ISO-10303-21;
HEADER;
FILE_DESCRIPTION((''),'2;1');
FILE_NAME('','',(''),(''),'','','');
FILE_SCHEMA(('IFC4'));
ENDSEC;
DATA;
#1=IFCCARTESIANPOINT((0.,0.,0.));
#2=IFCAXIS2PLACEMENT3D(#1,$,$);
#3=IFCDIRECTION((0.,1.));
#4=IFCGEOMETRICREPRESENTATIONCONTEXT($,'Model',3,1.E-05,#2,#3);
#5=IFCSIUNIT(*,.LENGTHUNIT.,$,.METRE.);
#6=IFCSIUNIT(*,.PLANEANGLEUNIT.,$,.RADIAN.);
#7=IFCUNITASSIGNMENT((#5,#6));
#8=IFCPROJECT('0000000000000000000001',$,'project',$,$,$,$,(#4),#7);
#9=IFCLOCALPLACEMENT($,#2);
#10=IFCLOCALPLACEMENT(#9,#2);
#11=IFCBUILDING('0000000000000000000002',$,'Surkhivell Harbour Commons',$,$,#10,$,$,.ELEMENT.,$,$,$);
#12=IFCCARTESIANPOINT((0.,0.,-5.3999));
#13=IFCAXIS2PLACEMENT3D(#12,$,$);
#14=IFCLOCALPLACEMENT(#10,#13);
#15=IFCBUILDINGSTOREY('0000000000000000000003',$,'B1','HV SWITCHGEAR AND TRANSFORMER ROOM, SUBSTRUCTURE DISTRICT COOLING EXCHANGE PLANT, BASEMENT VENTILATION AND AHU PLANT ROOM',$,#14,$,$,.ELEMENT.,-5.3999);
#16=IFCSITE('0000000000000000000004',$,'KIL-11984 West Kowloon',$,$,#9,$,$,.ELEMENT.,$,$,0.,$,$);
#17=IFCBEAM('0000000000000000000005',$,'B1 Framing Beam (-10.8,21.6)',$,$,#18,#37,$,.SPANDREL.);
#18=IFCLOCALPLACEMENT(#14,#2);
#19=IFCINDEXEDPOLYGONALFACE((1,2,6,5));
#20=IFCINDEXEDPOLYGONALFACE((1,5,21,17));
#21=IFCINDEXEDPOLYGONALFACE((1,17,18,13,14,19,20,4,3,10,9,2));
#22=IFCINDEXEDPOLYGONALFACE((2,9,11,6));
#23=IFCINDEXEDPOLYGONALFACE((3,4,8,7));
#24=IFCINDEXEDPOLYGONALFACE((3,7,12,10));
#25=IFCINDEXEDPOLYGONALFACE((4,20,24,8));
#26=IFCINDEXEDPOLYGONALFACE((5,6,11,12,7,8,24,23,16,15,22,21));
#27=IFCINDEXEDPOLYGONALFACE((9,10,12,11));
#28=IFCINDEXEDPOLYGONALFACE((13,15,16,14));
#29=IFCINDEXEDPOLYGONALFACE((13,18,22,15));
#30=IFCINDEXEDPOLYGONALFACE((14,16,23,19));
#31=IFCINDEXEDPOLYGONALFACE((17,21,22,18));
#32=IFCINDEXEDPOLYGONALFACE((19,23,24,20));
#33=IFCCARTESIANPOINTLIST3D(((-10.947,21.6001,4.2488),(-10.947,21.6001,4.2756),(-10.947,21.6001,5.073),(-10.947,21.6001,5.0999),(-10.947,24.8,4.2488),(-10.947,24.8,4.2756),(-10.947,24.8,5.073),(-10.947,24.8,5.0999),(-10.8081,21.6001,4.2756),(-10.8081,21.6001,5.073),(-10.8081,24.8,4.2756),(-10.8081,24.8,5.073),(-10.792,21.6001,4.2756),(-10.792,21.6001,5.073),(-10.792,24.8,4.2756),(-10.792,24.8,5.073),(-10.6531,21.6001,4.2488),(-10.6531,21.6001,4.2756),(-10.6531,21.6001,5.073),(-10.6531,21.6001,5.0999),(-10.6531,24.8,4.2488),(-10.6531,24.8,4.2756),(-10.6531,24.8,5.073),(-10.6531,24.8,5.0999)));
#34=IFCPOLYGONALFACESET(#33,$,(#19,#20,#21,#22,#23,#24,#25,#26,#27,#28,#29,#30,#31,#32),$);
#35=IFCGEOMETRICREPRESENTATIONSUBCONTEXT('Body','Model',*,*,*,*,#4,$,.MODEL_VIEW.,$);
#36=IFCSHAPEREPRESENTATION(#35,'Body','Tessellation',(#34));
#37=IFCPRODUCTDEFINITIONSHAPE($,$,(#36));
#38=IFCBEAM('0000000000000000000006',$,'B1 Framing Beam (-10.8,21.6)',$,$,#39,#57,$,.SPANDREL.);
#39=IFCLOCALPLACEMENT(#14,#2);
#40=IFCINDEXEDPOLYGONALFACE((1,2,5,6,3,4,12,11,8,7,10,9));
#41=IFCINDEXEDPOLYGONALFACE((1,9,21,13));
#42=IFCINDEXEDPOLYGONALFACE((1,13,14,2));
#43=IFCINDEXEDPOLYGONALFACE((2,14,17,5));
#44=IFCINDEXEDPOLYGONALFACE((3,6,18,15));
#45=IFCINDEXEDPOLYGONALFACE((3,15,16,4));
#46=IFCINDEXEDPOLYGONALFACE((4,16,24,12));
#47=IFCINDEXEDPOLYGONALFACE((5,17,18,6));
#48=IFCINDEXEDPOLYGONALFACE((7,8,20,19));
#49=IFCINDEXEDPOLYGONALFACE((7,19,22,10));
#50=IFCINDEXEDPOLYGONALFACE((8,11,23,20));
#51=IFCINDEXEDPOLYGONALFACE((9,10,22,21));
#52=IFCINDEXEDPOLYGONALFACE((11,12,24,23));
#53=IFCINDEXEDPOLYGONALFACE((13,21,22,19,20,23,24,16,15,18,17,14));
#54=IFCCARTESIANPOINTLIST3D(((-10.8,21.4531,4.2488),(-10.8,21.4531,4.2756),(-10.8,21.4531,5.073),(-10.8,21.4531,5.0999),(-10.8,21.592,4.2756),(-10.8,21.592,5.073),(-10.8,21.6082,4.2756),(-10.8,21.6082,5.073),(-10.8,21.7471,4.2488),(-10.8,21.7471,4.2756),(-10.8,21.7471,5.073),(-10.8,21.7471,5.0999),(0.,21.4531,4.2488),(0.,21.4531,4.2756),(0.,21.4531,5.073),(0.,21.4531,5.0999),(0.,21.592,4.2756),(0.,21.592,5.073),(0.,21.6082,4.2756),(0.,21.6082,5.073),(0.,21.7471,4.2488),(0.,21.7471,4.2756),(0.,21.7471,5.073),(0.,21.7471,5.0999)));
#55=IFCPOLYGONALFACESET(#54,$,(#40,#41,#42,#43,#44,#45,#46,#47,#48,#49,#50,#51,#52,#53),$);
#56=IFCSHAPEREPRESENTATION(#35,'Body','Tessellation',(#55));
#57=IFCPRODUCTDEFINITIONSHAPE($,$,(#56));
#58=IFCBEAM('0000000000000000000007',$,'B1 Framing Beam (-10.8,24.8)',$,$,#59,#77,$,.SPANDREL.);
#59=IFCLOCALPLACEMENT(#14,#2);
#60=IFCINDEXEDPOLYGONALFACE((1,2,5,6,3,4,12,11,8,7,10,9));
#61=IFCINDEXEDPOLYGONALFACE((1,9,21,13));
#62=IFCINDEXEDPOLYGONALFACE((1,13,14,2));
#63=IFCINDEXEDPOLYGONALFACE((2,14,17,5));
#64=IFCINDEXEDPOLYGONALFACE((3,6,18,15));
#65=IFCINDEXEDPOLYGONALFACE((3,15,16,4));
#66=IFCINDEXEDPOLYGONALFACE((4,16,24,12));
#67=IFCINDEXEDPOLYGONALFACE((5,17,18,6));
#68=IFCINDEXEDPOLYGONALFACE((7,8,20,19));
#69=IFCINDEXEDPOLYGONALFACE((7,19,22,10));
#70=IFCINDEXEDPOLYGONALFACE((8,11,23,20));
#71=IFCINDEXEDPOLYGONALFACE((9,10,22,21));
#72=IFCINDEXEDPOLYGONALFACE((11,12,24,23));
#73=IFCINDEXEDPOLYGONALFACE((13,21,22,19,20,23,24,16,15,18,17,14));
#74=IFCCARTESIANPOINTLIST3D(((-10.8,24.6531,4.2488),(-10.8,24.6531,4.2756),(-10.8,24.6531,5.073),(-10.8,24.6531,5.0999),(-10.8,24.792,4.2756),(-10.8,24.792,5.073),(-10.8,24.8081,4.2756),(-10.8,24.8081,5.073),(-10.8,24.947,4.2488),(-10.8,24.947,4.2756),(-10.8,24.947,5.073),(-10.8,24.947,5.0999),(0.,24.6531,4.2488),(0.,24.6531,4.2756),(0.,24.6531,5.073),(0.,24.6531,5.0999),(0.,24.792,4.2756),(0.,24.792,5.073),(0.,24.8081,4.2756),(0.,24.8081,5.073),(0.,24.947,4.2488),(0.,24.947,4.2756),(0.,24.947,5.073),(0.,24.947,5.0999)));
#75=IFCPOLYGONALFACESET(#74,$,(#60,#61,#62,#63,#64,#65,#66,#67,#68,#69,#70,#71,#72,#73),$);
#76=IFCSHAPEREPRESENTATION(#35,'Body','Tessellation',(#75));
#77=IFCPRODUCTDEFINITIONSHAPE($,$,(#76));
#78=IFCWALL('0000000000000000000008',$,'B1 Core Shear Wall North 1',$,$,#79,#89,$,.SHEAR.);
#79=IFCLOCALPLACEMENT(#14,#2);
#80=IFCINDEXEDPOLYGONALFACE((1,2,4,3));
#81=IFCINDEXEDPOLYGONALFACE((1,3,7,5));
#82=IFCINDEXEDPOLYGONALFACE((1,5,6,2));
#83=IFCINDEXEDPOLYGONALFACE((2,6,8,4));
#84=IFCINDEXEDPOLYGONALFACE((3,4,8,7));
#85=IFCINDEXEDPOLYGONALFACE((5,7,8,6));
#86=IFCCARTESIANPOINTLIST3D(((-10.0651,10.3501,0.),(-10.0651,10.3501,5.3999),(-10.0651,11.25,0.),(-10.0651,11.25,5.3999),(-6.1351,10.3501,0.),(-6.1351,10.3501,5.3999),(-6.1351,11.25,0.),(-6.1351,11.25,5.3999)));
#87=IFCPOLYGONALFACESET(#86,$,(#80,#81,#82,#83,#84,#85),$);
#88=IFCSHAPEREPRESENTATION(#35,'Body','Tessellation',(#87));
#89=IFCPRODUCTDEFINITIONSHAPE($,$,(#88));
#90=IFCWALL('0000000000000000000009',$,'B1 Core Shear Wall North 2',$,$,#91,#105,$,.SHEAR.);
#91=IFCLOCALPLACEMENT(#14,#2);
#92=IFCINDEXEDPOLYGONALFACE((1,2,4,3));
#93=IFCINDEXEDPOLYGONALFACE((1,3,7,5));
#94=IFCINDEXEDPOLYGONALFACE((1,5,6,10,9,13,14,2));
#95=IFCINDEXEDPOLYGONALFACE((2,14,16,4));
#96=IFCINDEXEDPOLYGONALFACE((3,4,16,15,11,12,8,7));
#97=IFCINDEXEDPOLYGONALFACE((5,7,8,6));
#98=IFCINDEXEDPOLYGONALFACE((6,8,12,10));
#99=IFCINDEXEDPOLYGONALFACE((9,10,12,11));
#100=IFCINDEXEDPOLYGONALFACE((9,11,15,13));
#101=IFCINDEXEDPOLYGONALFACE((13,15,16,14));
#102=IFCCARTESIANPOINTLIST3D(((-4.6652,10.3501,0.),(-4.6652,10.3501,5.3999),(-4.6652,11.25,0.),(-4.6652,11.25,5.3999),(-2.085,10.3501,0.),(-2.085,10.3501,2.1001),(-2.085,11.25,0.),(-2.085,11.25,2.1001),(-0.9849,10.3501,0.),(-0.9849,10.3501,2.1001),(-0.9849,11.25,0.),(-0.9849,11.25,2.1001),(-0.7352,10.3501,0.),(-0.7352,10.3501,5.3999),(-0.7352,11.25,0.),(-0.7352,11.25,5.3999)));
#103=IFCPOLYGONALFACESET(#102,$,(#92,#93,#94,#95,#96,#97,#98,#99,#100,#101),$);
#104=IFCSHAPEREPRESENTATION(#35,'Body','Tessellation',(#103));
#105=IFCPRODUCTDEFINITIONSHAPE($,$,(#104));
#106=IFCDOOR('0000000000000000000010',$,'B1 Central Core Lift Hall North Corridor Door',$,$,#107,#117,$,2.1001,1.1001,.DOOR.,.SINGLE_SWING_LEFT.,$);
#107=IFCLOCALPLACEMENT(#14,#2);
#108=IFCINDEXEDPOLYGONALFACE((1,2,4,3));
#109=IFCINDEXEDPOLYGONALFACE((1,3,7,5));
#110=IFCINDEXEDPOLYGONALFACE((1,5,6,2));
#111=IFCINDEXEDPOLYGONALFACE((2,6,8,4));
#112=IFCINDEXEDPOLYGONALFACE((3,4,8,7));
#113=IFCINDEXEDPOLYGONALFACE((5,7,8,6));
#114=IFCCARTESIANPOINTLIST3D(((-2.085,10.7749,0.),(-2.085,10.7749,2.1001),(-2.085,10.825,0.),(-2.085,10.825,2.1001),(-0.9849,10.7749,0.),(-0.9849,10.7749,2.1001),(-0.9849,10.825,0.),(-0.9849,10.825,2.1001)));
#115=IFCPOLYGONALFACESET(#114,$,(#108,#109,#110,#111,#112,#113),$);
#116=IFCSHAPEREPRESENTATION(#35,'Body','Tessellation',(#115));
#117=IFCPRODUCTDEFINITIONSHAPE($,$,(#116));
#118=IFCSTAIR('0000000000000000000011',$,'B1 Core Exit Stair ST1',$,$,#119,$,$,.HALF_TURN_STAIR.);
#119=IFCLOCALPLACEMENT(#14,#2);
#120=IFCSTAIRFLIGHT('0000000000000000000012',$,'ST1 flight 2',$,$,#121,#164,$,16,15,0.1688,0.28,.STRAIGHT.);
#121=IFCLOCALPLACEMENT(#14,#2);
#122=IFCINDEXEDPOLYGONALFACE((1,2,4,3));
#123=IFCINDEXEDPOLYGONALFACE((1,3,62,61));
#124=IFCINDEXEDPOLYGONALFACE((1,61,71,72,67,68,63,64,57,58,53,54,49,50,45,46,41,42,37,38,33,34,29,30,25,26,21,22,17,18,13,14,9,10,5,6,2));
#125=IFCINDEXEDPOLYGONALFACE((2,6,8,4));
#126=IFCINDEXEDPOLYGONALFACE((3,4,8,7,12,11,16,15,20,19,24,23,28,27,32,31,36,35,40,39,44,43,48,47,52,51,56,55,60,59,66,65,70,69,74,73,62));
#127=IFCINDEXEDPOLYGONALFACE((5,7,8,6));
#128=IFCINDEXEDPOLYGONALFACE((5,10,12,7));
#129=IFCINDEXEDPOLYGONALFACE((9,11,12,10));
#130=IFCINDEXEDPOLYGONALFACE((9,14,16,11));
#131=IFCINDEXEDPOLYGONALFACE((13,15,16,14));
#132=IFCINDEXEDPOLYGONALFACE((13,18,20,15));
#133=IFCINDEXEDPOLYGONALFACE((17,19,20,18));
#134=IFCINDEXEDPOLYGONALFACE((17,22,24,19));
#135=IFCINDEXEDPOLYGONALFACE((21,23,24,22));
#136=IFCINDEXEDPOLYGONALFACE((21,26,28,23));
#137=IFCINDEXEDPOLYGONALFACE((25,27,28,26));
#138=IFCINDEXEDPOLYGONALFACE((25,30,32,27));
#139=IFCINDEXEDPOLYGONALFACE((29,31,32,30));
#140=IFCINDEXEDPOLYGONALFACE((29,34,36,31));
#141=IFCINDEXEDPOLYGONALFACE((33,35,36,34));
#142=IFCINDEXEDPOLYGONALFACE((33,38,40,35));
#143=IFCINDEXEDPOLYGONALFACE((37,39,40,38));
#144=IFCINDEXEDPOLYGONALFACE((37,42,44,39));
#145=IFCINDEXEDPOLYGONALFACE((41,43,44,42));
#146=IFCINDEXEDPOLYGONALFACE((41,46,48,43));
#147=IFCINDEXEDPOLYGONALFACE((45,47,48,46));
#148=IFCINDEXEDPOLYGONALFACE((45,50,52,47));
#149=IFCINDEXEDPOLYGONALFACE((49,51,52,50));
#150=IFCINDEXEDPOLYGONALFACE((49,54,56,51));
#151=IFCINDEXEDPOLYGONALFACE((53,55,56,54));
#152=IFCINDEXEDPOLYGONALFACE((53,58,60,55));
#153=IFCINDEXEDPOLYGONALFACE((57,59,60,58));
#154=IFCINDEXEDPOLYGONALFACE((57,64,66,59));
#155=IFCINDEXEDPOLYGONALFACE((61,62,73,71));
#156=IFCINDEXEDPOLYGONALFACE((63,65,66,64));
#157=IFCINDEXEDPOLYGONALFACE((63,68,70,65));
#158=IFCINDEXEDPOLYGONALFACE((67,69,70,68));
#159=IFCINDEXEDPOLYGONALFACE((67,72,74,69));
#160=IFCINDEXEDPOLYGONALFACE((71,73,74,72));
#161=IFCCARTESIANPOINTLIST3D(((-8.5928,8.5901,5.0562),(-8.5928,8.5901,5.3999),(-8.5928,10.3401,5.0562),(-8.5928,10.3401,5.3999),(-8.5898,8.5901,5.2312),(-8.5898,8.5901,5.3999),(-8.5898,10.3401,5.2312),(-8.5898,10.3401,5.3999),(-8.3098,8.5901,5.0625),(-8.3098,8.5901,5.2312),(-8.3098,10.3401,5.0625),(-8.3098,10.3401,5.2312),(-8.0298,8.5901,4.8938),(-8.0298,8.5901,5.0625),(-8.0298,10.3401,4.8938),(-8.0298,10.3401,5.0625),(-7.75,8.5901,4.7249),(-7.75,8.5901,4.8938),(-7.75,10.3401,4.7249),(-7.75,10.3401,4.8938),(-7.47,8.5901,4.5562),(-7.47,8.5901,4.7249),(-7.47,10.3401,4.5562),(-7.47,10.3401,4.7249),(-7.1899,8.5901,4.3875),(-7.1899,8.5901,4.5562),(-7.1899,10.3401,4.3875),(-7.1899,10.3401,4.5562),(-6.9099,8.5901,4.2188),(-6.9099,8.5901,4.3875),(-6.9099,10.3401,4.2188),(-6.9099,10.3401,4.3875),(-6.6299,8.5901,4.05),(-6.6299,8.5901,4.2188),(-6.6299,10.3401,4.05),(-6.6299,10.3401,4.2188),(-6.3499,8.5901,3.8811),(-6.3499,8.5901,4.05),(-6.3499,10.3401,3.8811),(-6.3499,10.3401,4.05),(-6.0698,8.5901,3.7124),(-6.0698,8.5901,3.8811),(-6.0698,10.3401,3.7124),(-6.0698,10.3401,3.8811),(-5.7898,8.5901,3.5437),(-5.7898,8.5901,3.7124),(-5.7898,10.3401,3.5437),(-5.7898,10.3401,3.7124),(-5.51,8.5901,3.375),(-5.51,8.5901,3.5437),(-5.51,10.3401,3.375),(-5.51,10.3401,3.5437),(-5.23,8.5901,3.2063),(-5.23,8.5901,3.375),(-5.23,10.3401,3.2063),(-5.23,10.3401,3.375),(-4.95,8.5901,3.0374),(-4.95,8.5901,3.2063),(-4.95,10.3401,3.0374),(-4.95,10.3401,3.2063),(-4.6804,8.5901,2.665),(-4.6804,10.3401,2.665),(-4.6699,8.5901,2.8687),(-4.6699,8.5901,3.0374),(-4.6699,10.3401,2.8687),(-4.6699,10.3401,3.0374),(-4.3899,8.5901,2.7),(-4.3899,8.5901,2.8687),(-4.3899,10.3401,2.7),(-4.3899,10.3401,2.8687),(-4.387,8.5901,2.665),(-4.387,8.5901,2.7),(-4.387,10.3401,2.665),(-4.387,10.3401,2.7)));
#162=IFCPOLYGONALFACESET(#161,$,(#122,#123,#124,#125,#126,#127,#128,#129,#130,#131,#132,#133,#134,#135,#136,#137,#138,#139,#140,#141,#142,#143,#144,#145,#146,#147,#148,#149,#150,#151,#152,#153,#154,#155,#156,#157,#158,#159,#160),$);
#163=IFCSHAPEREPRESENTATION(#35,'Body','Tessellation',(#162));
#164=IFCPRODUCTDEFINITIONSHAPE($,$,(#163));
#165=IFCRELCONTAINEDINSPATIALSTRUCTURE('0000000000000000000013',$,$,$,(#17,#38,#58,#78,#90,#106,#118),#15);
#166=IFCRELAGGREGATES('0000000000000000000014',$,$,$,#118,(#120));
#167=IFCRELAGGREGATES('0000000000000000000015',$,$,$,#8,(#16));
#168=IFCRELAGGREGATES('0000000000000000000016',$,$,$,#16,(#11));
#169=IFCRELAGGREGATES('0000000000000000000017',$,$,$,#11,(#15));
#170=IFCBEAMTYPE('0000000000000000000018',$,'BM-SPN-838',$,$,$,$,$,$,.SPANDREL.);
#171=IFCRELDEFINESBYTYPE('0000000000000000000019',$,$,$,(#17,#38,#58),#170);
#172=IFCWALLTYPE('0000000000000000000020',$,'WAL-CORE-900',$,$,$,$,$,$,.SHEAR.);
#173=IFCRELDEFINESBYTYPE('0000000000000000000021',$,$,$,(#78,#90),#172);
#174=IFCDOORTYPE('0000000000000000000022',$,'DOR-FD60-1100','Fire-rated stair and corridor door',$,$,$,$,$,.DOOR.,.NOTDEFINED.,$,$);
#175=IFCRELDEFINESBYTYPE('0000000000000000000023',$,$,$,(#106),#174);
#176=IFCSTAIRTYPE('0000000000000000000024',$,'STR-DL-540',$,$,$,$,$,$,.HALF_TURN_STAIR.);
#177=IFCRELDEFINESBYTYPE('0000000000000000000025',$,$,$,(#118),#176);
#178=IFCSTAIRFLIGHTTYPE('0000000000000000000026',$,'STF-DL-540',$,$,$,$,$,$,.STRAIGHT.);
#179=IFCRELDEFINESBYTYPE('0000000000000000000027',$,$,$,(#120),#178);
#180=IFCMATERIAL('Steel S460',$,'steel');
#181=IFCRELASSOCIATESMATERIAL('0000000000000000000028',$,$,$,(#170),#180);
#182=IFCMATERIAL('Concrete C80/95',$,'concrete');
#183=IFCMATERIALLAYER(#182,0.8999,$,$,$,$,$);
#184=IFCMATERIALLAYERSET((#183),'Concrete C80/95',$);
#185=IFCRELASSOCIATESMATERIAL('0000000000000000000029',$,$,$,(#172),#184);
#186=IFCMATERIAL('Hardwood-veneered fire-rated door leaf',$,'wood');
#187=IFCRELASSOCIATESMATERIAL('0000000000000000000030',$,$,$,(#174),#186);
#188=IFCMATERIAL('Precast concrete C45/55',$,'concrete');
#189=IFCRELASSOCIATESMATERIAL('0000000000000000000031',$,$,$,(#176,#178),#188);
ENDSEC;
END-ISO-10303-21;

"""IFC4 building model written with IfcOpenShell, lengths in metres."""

from ifc_helpers import new_model, si_unit, direction, frame, frame_2d, origin, origin_2d, place, context, subcontext, project, spatial, polyline, rectangle, i_section, outline, extrude, material, layer, layer_set, material_profile, profile_set, type_object, element, fill, aggregate, save


model = new_model("IFC4")

# Units and contexts
model_context = context("Model", 3, precision=1e-05, world=origin(), true_north=direction((0.0, 1.0)))
body_context = subcontext(model_context, "Body", "Model", "MODEL_VIEW")
ifc_project = project(units=[si_unit("LENGTHUNIT", "METRE"), si_unit("PLANEANGLEUNIT", "RADIAN")], contexts=[model_context])

# Site, building, storey
site_placement = place(None, origin())
site = spatial("IfcSite", under=ifc_project, at=site_placement, Name="KIL-11984 West Kowloon", CompositionType="ELEMENT", RefElevation=0.0)
building_placement = place(site_placement, origin())
building = spatial("IfcBuilding", under=site, at=building_placement, Name="Surkhivell Harbour Commons", CompositionType="ELEMENT")
storey_placement = place(building_placement, frame((0.0, 0.0, -5.3999)))
storey = spatial("IfcBuildingStorey", under=building, at=storey_placement, Name="B1", Description="HV SWITCHGEAR AND TRANSFORMER ROOM, SUBSTRUCTURE DISTRICT COOLING EXCHANGE PLANT, BASEMENT VENTILATION AND AHU PLANT ROOM", CompositionType="ELEMENT", Elevation=-5.3999)

# Shared definitions
ifc_material_1 = material(Name="Concrete C80/95", Category="concrete")

# Beams
ifc_material_2 = material(Name="Steel S460", Category="steel")
ifc_material_profile_1 = material_profile(ifc_material_2, i_section(OverallWidth=0.2939, OverallDepth=0.8511, WebThickness=0.0161, FlangeThickness=0.0269, at=origin_2d()), Name="UB838x292x226")
ifc_profile_set_1 = profile_set([ifc_material_profile_1], Name="Steel S460")
beam_type = type_object("IfcBeamType", Name="BM-SPN-838", PredefinedType="SPANDREL", material=ifc_profile_set_1)
beam_1_placement = place(storey_placement, frame((-10.8, 21.6001, 4.6743), z_axis=(0.0, 1.0, 0.0), x_axis=(-1.0, 0.0, 0.0)))
element("IfcBeam", 1, at=beam_1_placement, inside=storey, type_object=beam_type, Name="B1 Framing Beam (-10.8,21.6)", PredefinedType="SPANDREL", context=body_context, shape_type="SweptSolid", body=[
    extrude(i_section(OverallWidth=0.2939, OverallDepth=0.8511, WebThickness=0.0161, FlangeThickness=0.0269, at=origin_2d()), origin(), (0.0, 0.0, 1.0), 3.2),
])
for number, where, z_axis, x_axis, name in (
    (2, (-10.8, 21.6001, 4.6743), (1.0, 0.0, 0.0), (0.0, 1.0, 0.0), "B1 Framing Beam (-10.8,21.6)"),
    (3, (-10.8, 24.8, 4.6743), (1.0, 0.0, 0.0), (0.0, 1.0, 0.0), "B1 Framing Beam (-10.8,24.8)"),
):
    element("IfcBeam", number, at=place(storey_placement, frame(where, z_axis=z_axis, x_axis=x_axis)), inside=storey, type_object=beam_type, Name=name, PredefinedType="SPANDREL", context=body_context, shape_type="SweptSolid", body=[
        extrude(i_section(OverallWidth=0.2939, OverallDepth=0.8511, WebThickness=0.0161, FlangeThickness=0.0269, at=origin_2d()), origin(), (0.0, 0.0, 1.0), 10.8),
    ])

# Wall
ifc_layer = layer(ifc_material_1, 0.8999)
ifc_layer_set = layer_set([ifc_layer], Name="Concrete C80/95")
wall_type = type_object("IfcWallType", Name="WAL-CORE-900", PredefinedType="SHEAR", material=ifc_layer_set)
wall_1_placement = place(storey_placement, frame((-10.0649, 10.8, 0.0), z_axis=(0.0, 0.0, 1.0), x_axis=(1.0, 0.0, 0.0)))
element("IfcWall", 4, at=wall_1_placement, inside=storey, type_object=wall_type, Name="B1 Core Shear Wall North 1", PredefinedType="SHEAR", context=body_context, shape_type="SweptSolid", body=[
    extrude(rectangle(XDim=3.9299, YDim=0.8999, at=frame_2d((1.9648, 0.0))), origin(), (0.0, 0.0, 1.0), 5.3999),
])

# Wall, opening, door
wall_2_placement = place(storey_placement, frame((-4.665, 10.8, 0.0), z_axis=(0.0, 0.0, 1.0), x_axis=(1.0, 0.0, 0.0)))
wall_2 = element("IfcWall", 5, at=wall_2_placement, inside=storey, type_object=wall_type, Name="B1 Core Shear Wall North 2", PredefinedType="SHEAR", context=body_context, shape_type="SweptSolid", body=[
    extrude(rectangle(XDim=3.9299, YDim=0.8999, at=frame_2d((1.9648, 0.0))), origin(), (0.0, 0.0, 1.0), 5.3999),
])
opening_placement = place(wall_2_placement, frame((2.5801, 0.0, 0.0)))
opening = element("IfcOpeningElement", 6, at=opening_placement, cuts=wall_2, PredefinedType="OPENING", context=body_context, shape_type="SweptSolid", body=[
    extrude(rectangle(XDim=1.1001, YDim=2.1001, at=frame_2d((0.55, 1.05))), frame((0.0, 0.46, 0.0), z_axis=(0.0, -1.0, 0.0), x_axis=(1.0, 0.0, 0.0)), (0.0, 0.0, 1.0), 0.9199),
])
ifc_material_3 = material(Name="Hardwood-veneered fire-rated door leaf", Category="wood")
door_type = type_object("IfcDoorType", Name="DOR-FD60-1100", Description="Fire-rated stair and corridor door", OperationType="NOTDEFINED", PredefinedType="DOOR", material=ifc_material_3)
door_placement = place(opening_placement, origin())
door = element("IfcDoor", 7, at=door_placement, inside=storey, type_object=door_type, Name="B1 Central Core Lift Hall North Corridor Door", OperationType="SINGLE_SWING_LEFT", OverallHeight=2.1001, OverallWidth=1.1001, PredefinedType="DOOR", context=body_context, shape_type="SweptSolid", body=[
    extrude(rectangle(XDim=1.1001, YDim=2.1001, at=frame_2d((0.55, 1.05))), frame((0.0, 0.0249, 0.0), z_axis=(0.0, -1.0, 0.0), x_axis=(1.0, 0.0, 0.0)), (0.0, 0.0, 1.0), 0.05),
])
fill(opening, door)

# Stair, stair flight
ifc_material_4 = material(Name="Precast concrete C45/55", Category="concrete")
stair_type = type_object("IfcStairType", Name="STR-DL-540", PredefinedType="HALF_TURN_STAIR", material=ifc_material_4)
stair_placement = place(storey_placement, origin())
stair = element("IfcStair", 8, at=stair_placement, inside=storey, type_object=stair_type, Name="B1 Core Exit Stair ST1", PredefinedType="HALF_TURN_STAIR")
stair_flight_type = type_object("IfcStairFlightType", Name="STF-DL-540", PredefinedType="STRAIGHT", material=ifc_material_4)
stair_flight_placement = place(storey_placement, frame((-4.3899, 9.4651, 2.7), z_axis=(0.0, 0.0, 1.0), x_axis=(-1.0, 0.0, 0.0)))
stair_flight = element("IfcStairFlight", 9, at=stair_flight_placement, type_object=stair_flight_type, Name="ST1 flight 2", NumberOfRisers=16, NumberOfTreads=15, PredefinedType="STRAIGHT", RiserHeight=0.1688, TreadLength=0.28, context=body_context, shape_type="SweptSolid", body=[
    extrude(outline(polyline([(-0.0029, -0.0349), (-0.0029, 0.0), (0.0, 0.0), (0.0, 0.1687), (0.28, 0.1687), (0.28, 0.3374), (0.5601, 0.3374), (0.5601, 0.5063), (0.8401, 0.5063), (0.8401, 0.675), (1.1201, 0.675), (1.1201, 0.8438), (1.3999, 0.8438), (1.3999, 1.0125), (1.6799, 1.0125), (1.6799, 1.1812), (1.96, 1.1812), (1.96, 1.3501), (2.24, 1.3501), (2.24, 1.5188), (2.52, 1.5188), (2.52, 1.6875), (2.8, 1.6875), (2.8, 1.8562), (3.0801, 1.8562), (3.0801, 2.0249), (3.3601, 2.0249), (3.3601, 2.1938), (3.6399, 2.1938), (3.6399, 2.3625), (3.9199, 2.3625), (3.9199, 2.5312), (4.2, 2.5312), (4.2, 2.7), (4.2029, 2.7), (4.2029, 2.3562), (0.2905, -0.0349), (-0.0029, -0.0349)])), frame((0.0, 0.875, 0.0), z_axis=(0.0, -1.0, 0.0), x_axis=(1.0, 0.0, 0.0)), (0.0, 0.0, 1.0), 1.75),
])
aggregate(stair, [stair_flight])

save(model, "model.ifc")
